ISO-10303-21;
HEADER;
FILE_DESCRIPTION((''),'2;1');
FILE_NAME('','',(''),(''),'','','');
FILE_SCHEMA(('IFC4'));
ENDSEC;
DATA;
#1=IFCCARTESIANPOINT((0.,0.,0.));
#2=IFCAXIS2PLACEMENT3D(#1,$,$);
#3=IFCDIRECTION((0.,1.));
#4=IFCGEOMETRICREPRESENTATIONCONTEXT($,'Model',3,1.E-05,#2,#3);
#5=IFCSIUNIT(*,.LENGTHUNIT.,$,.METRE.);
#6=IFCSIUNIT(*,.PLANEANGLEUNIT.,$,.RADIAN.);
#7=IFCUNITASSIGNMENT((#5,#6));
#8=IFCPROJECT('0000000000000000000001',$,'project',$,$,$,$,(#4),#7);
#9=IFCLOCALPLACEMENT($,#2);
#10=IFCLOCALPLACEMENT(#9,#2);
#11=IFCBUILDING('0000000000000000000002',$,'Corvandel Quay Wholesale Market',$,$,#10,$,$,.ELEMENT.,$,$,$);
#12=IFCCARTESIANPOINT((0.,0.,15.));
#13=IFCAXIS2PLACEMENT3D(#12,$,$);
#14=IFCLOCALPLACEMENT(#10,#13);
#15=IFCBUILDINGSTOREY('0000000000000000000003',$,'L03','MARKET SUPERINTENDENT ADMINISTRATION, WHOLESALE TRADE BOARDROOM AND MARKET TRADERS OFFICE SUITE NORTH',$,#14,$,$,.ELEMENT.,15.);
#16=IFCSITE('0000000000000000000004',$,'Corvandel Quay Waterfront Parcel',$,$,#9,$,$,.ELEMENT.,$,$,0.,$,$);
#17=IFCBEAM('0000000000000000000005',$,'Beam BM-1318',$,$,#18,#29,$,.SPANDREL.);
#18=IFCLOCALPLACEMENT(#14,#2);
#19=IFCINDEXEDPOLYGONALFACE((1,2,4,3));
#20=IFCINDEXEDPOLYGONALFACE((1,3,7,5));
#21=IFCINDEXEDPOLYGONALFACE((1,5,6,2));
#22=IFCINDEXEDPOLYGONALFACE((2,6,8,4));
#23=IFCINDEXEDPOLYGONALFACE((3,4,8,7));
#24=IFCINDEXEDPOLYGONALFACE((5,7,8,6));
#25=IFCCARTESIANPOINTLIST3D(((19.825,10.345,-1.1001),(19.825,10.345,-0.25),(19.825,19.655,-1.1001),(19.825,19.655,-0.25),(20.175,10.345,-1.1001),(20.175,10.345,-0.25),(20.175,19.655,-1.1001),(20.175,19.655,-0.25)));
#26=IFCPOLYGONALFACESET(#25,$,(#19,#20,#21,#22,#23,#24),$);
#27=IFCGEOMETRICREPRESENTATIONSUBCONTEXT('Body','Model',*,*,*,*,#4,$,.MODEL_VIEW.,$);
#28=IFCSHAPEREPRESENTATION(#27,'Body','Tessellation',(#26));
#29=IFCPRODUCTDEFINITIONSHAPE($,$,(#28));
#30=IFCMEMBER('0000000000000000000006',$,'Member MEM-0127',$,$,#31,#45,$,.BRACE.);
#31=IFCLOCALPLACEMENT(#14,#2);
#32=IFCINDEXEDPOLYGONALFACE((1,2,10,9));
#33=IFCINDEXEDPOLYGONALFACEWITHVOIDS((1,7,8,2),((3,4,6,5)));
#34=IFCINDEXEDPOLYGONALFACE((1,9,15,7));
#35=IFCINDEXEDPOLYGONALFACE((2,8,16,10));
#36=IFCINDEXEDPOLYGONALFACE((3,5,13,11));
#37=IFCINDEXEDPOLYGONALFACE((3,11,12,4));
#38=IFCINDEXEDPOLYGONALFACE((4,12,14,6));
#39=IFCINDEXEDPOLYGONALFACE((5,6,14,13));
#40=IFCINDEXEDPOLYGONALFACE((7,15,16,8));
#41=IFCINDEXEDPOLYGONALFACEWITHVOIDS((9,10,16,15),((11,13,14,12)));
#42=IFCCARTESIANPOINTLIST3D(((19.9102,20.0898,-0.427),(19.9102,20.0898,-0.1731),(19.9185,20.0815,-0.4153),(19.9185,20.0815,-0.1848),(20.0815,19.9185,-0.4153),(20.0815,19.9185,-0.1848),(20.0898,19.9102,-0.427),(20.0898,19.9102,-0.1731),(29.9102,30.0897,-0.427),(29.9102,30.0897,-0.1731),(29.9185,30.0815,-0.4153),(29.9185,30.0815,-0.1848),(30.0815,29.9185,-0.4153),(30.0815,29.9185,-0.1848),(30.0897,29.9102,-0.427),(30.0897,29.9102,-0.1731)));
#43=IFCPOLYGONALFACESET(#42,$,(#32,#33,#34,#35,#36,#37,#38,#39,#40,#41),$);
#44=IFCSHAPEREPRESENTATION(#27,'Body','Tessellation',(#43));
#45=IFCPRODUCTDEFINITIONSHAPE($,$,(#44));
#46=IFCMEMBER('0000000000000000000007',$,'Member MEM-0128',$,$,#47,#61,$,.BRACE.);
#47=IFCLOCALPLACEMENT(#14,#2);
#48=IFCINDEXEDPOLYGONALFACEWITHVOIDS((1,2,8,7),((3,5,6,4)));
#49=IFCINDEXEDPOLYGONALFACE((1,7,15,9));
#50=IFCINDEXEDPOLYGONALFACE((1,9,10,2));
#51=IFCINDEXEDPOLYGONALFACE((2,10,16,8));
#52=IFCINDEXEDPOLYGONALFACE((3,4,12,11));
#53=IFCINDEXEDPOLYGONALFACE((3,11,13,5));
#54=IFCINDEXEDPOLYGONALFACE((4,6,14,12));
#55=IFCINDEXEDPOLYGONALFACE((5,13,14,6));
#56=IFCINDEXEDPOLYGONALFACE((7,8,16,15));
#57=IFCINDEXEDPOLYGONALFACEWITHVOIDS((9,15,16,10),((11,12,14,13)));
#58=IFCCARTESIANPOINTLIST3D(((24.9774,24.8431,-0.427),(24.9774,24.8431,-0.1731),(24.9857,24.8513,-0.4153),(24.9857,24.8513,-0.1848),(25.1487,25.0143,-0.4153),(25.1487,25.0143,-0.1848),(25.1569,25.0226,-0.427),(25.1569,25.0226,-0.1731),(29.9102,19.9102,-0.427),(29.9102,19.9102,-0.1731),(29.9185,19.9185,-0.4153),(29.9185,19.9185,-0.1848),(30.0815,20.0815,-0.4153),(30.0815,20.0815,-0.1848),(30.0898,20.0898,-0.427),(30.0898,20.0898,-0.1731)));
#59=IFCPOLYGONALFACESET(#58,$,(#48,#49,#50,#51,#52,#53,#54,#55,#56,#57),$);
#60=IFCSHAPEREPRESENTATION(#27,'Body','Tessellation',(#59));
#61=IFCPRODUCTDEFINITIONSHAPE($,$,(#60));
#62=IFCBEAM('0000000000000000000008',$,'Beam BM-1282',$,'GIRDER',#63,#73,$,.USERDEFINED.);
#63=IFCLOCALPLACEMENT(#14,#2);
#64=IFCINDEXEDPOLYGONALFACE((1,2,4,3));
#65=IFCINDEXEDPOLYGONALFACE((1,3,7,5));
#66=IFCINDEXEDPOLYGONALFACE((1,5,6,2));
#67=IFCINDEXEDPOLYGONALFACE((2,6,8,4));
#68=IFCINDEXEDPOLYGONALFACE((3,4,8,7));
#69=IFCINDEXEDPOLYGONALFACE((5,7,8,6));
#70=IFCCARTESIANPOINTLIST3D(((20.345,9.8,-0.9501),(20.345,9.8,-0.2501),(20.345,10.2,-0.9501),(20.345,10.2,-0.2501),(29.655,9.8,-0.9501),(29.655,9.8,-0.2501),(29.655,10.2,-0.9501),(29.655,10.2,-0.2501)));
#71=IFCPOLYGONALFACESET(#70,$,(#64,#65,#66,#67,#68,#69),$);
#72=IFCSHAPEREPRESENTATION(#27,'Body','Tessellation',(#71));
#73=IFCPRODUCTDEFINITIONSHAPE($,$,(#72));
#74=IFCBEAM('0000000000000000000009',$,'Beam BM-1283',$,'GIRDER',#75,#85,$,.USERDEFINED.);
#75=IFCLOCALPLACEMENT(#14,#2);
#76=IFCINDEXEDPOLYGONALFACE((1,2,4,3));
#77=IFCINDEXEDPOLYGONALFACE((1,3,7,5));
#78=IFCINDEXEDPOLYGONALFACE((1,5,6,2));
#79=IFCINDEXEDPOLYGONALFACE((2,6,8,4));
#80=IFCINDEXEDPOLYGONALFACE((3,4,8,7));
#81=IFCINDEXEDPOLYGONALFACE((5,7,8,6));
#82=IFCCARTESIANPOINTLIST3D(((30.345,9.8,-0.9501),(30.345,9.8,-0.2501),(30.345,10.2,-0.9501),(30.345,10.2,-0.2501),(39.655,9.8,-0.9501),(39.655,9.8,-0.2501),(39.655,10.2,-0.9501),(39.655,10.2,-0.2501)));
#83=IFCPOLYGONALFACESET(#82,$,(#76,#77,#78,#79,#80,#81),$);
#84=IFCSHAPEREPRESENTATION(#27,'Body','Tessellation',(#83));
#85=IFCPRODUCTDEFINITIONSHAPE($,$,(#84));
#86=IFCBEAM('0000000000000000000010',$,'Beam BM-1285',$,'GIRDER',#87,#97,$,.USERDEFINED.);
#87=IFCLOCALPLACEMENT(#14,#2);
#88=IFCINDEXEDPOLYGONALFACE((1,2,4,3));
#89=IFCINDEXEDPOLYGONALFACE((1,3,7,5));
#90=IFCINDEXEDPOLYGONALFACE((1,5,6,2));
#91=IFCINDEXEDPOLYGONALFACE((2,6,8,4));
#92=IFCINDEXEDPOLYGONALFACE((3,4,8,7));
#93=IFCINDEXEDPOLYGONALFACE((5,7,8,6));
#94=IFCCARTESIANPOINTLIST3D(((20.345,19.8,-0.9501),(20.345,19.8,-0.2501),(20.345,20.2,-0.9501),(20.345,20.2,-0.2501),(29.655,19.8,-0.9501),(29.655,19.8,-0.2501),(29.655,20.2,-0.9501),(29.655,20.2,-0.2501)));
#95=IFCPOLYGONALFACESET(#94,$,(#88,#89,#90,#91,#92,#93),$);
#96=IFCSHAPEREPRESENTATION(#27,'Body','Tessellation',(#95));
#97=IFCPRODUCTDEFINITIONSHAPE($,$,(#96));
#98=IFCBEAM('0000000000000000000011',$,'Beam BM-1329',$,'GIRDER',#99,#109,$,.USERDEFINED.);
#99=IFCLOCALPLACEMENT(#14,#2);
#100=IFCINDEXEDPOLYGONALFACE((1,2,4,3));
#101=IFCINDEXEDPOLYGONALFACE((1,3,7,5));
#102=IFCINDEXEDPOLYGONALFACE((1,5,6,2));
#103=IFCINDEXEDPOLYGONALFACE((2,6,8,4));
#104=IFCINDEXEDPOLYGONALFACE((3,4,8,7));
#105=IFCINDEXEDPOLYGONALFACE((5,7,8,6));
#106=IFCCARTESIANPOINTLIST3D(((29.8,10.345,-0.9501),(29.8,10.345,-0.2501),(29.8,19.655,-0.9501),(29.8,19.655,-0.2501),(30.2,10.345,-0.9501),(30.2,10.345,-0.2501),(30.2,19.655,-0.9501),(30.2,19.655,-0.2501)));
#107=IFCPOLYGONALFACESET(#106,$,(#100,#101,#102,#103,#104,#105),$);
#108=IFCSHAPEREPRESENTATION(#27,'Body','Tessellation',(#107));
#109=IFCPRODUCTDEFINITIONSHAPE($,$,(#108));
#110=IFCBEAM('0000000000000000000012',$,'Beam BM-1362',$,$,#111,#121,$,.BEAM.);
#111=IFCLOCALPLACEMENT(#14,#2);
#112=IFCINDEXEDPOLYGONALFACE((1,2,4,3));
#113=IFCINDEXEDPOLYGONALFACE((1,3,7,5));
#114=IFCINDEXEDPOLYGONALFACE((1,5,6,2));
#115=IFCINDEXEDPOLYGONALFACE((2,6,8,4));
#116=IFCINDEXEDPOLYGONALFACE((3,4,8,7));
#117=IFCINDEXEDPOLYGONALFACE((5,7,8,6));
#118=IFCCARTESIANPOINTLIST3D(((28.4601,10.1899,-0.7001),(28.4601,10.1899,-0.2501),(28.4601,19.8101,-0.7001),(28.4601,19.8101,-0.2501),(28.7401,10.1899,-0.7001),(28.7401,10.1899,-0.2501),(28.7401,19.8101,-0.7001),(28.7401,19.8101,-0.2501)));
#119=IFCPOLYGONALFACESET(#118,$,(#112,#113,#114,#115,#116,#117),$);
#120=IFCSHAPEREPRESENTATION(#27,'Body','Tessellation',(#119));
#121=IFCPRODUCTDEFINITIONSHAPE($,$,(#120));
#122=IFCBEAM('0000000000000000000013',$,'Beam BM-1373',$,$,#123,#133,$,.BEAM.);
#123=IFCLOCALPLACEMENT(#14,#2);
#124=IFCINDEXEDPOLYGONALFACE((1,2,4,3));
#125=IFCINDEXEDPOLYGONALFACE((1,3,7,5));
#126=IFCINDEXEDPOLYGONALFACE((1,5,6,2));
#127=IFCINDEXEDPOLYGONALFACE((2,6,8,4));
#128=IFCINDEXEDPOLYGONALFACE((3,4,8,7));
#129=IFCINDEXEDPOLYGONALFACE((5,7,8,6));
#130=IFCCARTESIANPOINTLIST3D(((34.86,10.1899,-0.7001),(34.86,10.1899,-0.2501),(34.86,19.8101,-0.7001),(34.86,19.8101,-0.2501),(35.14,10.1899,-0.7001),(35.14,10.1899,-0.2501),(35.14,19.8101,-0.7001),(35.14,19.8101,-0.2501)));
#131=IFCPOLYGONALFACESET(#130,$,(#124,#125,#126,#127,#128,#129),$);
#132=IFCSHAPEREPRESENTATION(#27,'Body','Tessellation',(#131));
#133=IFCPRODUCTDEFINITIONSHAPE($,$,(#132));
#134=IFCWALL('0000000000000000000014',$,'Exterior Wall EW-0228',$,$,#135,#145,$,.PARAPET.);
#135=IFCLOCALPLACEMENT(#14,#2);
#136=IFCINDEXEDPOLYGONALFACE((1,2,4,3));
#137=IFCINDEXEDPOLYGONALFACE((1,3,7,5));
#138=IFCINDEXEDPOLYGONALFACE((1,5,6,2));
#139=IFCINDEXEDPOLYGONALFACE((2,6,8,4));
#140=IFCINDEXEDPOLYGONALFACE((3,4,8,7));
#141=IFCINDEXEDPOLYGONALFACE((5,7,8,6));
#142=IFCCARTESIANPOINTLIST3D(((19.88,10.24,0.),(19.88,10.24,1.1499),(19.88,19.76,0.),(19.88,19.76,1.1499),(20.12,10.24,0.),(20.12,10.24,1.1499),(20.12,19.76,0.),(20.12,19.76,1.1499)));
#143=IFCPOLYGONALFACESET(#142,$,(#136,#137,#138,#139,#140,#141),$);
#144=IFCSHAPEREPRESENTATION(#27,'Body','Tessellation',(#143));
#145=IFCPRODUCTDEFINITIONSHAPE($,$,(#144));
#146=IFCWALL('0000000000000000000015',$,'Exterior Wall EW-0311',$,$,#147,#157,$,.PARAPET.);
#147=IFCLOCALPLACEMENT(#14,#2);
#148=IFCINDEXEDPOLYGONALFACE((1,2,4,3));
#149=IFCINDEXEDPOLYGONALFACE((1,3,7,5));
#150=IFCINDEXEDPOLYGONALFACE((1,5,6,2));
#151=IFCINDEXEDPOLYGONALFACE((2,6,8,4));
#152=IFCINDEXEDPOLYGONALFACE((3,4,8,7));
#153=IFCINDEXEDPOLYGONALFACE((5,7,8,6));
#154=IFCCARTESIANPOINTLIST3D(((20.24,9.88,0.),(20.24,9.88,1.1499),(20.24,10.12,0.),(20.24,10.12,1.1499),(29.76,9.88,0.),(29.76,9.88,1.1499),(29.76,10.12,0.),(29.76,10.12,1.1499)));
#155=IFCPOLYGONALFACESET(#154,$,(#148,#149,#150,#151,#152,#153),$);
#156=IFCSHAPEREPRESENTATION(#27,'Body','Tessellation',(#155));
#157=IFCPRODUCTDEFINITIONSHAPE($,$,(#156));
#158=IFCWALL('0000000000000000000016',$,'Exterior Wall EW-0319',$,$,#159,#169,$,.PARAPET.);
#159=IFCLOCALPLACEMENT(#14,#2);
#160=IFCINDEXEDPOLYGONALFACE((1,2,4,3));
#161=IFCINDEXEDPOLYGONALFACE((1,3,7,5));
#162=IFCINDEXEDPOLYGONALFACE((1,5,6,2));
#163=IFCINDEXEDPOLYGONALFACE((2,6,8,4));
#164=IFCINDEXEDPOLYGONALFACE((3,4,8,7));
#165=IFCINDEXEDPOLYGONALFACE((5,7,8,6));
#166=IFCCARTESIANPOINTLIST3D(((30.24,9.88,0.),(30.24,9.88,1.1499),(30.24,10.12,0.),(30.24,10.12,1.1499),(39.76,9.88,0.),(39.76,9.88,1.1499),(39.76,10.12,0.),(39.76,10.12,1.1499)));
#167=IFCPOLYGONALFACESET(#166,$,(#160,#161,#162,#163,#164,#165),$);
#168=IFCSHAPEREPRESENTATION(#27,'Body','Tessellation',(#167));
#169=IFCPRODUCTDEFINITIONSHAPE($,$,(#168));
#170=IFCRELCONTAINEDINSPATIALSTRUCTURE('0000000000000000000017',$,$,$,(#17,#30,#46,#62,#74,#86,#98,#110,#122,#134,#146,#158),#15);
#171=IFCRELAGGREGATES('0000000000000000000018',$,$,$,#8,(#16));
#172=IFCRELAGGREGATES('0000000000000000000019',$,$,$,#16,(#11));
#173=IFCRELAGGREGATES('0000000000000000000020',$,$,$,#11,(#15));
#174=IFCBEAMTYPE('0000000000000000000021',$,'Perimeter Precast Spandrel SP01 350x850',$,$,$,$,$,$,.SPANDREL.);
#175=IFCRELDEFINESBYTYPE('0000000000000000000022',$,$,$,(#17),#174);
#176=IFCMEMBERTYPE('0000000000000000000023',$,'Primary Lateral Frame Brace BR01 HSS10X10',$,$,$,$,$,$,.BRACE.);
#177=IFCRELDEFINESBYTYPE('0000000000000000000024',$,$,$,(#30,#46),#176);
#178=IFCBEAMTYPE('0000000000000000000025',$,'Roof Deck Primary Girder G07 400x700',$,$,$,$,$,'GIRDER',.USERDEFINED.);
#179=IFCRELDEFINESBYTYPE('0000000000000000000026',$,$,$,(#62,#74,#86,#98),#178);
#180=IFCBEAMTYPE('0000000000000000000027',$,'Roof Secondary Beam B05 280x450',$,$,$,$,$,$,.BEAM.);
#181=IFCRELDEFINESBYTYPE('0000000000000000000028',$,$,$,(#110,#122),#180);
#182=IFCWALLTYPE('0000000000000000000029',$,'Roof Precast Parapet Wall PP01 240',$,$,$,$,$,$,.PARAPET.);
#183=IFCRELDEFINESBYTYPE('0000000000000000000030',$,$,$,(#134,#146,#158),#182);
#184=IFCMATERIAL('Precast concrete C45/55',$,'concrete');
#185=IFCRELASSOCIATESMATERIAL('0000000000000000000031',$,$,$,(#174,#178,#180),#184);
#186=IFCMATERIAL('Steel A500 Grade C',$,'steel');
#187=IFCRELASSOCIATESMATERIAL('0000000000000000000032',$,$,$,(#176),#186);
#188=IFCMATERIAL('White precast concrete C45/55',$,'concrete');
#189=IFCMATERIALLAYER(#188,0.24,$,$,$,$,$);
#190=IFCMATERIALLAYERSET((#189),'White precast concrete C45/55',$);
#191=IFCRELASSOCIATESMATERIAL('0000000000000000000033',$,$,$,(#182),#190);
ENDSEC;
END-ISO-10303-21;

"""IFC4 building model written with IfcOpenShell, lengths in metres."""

from ifc_helpers import new_model, si_unit, direction, frame, frame_2d, origin, origin_2d, place, context, subcontext, project, spatial, rectangle, hollow_rectangle, extrude, material, layer, layer_set, material_profile, profile_set, type_object, element, save


model = new_model("IFC4")

# Units and contexts
model_context = context("Model", 3, precision=1e-05, world=origin(), true_north=direction((0.0, 1.0)))
body_context = subcontext(model_context, "Body", "Model", "MODEL_VIEW")
ifc_project = project(units=[si_unit("LENGTHUNIT", "METRE"), si_unit("PLANEANGLEUNIT", "RADIAN")], contexts=[model_context])

# Site, building, storey
site_placement = place(None, origin())
site = spatial("IfcSite", under=ifc_project, at=site_placement, Name="Corvandel Quay Waterfront Parcel", CompositionType="ELEMENT", RefElevation=0.0)
building_placement = place(site_placement, origin())
building = spatial("IfcBuilding", under=site, at=building_placement, Name="Corvandel Quay Wholesale Market", CompositionType="ELEMENT")
storey_placement = place(building_placement, frame((0.0, 0.0, 15.0)))
storey = spatial("IfcBuildingStorey", under=building, at=storey_placement, Name="L03", Description="MARKET SUPERINTENDENT ADMINISTRATION, WHOLESALE TRADE BOARDROOM AND MARKET TRADERS OFFICE SUITE NORTH", CompositionType="ELEMENT", Elevation=15.0)

# Beam
ifc_material_1 = material(Name="Precast concrete C45/55", Category="concrete")
ifc_material_profile_1 = material_profile(ifc_material_1, rectangle(XDim=0.3501, YDim=0.8501, at=origin_2d()), Name="PC-SPN-350x850")
ifc_profile_set_1 = profile_set([ifc_material_profile_1], Name="Precast concrete C45/55")
beam_type_1 = type_object("IfcBeamType", Name="Perimeter Precast Spandrel SP01 350x850", PredefinedType="SPANDREL", material=ifc_profile_set_1)
beam_placement = place(storey_placement, frame((20.0, 10.345, -0.675), z_axis=(0.0, 1.0, 0.0), x_axis=(-1.0, 0.0, 0.0)))
element("IfcBeam", 1, at=beam_placement, inside=storey, type_object=beam_type_1, Name="Beam BM-1318", PredefinedType="SPANDREL", context=body_context, shape_type="SweptSolid", body=[
    extrude(rectangle(XDim=0.3501, YDim=0.8501, at=origin_2d()), origin(), (0.0, 0.0, 1.0), 9.3101),
])

# Members
ifc_material_2 = material(Name="Steel A500 Grade C", Category="steel")
ifc_material_profile_2 = material_profile(ifc_material_2, hollow_rectangle(XDim=0.2539, YDim=0.2539, WallThickness=0.0117, at=origin_2d()), Name="HSS10X10X1/2")
ifc_profile_set_2 = profile_set([ifc_material_profile_2], Name="Steel A500 Grade C")
member_type = type_object("IfcMemberType", Name="Primary Lateral Frame Brace BR01 HSS10X10", PredefinedType="BRACE", material=ifc_profile_set_2)
member_1_placement = place(storey_placement, frame((20.0, 20.0, -0.3), z_axis=(0.707107, 0.707107, 0.0), x_axis=(-0.707107, 0.707107, 0.0)))
element("IfcMember", 2, at=member_1_placement, inside=storey, type_object=member_type, Name="Member MEM-0127", PredefinedType="BRACE", context=body_context, shape_type="SweptSolid", body=[
    extrude(hollow_rectangle(XDim=0.2539, YDim=0.2539, WallThickness=0.0117, at=origin_2d()), origin(), (0.0, 0.0, 1.0), 14.1421),
])
member_2_placement = place(storey_placement, frame((30.0, 20.0, -0.3), z_axis=(-0.707107, 0.707107, 0.0), x_axis=(-0.707107, -0.707107, 0.0)))
element("IfcMember", 3, at=member_2_placement, inside=storey, type_object=member_type, Name="Member MEM-0128", PredefinedType="BRACE", context=body_context, shape_type="SweptSolid", body=[
    extrude(hollow_rectangle(XDim=0.2539, YDim=0.2539, WallThickness=0.0117, at=origin_2d()), origin(), (0.0, 0.0, 1.0), 6.9761),
])

# Beams
ifc_material_profile_3 = material_profile(ifc_material_1, rectangle(XDim=0.3999, YDim=0.7, at=origin_2d()), Name="PC-GIR-400x700")
ifc_profile_set_3 = profile_set([ifc_material_profile_3], Name="Precast concrete C45/55")
beam_type_2 = type_object("IfcBeamType", Name="Roof Deck Primary Girder G07 400x700", ElementType="GIRDER", PredefinedType="USERDEFINED", material=ifc_profile_set_3)
for number, where, z_axis, x_axis, name in (
    (4, (20.345, 10.0, -0.6001), (1.0, 0.0, 0.0), (0.0, 1.0, 0.0), "Beam BM-1282"),
    (5, (30.345, 10.0, -0.6001), (1.0, 0.0, 0.0), (0.0, 1.0, 0.0), "Beam BM-1283"),
    (6, (20.345, 20.0, -0.6001), (1.0, 0.0, 0.0), (0.0, 1.0, 0.0), "Beam BM-1285"),
    (7, (30.0, 10.345, -0.6001), (0.0, 1.0, 0.0), (-1.0, 0.0, 0.0), "Beam BM-1329"),
):
    element("IfcBeam", number, at=place(storey_placement, frame(where, z_axis=z_axis, x_axis=x_axis)), inside=storey, type_object=beam_type_2, Name=name, ObjectType="GIRDER", PredefinedType="USERDEFINED", context=body_context, shape_type="SweptSolid", body=[
        extrude(rectangle(XDim=0.3999, YDim=0.7, at=origin_2d()), origin(), (0.0, 0.0, 1.0), 9.3101),
    ])
ifc_material_profile_4 = material_profile(ifc_material_1, rectangle(XDim=0.28, YDim=0.45, at=origin_2d()), Name="PC-BM-280x450")
ifc_profile_set_4 = profile_set([ifc_material_profile_4], Name="Precast concrete C45/55")
beam_type_3 = type_object("IfcBeamType", Name="Roof Secondary Beam B05 280x450", PredefinedType="BEAM", material=ifc_profile_set_4)
for number, where, z_axis, x_axis, name in (
    (8, (28.6001, 10.1899, -0.4751), (0.0, 1.0, 0.0), (-1.0, 0.0, 0.0), "Beam BM-1362"),
    (9, (35.0, 10.1899, -0.4751), (0.0, 1.0, 0.0), (-1.0, 0.0, 0.0), "Beam BM-1373"),
):
    element("IfcBeam", number, at=place(storey_placement, frame(where, z_axis=z_axis, x_axis=x_axis)), inside=storey, type_object=beam_type_3, Name=name, PredefinedType="BEAM", context=body_context, shape_type="SweptSolid", body=[
        extrude(rectangle(XDim=0.28, YDim=0.45, at=origin_2d()), origin(), (0.0, 0.0, 1.0), 9.6201),
    ])

# Walls
ifc_material_3 = material(Name="White precast concrete C45/55", Category="concrete")
ifc_layer_1 = layer(ifc_material_3, 0.24)
ifc_layer_set_1 = layer_set([ifc_layer_1], Name="White precast concrete C45/55")
wall_type = type_object("IfcWallType", Name="Roof Precast Parapet Wall PP01 240", PredefinedType="PARAPET", material=ifc_layer_set_1)
for number, where, z_axis, x_axis, name in (
    (10, (20.0, 10.24, 0.0), (0.0, 0.0, 1.0), (0.0, 1.0, 0.0), "Exterior Wall EW-0228"),
    (11, (20.24, 10.0, 0.0), (0.0, 0.0, 1.0), (1.0, 0.0, 0.0), "Exterior Wall EW-0311"),
    (12, (30.24, 10.0, 0.0), (0.0, 0.0, 1.0), (1.0, 0.0, 0.0), "Exterior Wall EW-0319"),
):
    element("IfcWall", number, at=place(storey_placement, frame(where, z_axis=z_axis, x_axis=x_axis)), inside=storey, type_object=wall_type, Name=name, PredefinedType="PARAPET", context=body_context, shape_type="SweptSolid", body=[
        extrude(rectangle(XDim=9.52, YDim=0.24, at=frame_2d((4.76, 0.0))), origin(), (0.0, 0.0, 1.0), 1.1499),
    ])

save(model, "model.ifc")
